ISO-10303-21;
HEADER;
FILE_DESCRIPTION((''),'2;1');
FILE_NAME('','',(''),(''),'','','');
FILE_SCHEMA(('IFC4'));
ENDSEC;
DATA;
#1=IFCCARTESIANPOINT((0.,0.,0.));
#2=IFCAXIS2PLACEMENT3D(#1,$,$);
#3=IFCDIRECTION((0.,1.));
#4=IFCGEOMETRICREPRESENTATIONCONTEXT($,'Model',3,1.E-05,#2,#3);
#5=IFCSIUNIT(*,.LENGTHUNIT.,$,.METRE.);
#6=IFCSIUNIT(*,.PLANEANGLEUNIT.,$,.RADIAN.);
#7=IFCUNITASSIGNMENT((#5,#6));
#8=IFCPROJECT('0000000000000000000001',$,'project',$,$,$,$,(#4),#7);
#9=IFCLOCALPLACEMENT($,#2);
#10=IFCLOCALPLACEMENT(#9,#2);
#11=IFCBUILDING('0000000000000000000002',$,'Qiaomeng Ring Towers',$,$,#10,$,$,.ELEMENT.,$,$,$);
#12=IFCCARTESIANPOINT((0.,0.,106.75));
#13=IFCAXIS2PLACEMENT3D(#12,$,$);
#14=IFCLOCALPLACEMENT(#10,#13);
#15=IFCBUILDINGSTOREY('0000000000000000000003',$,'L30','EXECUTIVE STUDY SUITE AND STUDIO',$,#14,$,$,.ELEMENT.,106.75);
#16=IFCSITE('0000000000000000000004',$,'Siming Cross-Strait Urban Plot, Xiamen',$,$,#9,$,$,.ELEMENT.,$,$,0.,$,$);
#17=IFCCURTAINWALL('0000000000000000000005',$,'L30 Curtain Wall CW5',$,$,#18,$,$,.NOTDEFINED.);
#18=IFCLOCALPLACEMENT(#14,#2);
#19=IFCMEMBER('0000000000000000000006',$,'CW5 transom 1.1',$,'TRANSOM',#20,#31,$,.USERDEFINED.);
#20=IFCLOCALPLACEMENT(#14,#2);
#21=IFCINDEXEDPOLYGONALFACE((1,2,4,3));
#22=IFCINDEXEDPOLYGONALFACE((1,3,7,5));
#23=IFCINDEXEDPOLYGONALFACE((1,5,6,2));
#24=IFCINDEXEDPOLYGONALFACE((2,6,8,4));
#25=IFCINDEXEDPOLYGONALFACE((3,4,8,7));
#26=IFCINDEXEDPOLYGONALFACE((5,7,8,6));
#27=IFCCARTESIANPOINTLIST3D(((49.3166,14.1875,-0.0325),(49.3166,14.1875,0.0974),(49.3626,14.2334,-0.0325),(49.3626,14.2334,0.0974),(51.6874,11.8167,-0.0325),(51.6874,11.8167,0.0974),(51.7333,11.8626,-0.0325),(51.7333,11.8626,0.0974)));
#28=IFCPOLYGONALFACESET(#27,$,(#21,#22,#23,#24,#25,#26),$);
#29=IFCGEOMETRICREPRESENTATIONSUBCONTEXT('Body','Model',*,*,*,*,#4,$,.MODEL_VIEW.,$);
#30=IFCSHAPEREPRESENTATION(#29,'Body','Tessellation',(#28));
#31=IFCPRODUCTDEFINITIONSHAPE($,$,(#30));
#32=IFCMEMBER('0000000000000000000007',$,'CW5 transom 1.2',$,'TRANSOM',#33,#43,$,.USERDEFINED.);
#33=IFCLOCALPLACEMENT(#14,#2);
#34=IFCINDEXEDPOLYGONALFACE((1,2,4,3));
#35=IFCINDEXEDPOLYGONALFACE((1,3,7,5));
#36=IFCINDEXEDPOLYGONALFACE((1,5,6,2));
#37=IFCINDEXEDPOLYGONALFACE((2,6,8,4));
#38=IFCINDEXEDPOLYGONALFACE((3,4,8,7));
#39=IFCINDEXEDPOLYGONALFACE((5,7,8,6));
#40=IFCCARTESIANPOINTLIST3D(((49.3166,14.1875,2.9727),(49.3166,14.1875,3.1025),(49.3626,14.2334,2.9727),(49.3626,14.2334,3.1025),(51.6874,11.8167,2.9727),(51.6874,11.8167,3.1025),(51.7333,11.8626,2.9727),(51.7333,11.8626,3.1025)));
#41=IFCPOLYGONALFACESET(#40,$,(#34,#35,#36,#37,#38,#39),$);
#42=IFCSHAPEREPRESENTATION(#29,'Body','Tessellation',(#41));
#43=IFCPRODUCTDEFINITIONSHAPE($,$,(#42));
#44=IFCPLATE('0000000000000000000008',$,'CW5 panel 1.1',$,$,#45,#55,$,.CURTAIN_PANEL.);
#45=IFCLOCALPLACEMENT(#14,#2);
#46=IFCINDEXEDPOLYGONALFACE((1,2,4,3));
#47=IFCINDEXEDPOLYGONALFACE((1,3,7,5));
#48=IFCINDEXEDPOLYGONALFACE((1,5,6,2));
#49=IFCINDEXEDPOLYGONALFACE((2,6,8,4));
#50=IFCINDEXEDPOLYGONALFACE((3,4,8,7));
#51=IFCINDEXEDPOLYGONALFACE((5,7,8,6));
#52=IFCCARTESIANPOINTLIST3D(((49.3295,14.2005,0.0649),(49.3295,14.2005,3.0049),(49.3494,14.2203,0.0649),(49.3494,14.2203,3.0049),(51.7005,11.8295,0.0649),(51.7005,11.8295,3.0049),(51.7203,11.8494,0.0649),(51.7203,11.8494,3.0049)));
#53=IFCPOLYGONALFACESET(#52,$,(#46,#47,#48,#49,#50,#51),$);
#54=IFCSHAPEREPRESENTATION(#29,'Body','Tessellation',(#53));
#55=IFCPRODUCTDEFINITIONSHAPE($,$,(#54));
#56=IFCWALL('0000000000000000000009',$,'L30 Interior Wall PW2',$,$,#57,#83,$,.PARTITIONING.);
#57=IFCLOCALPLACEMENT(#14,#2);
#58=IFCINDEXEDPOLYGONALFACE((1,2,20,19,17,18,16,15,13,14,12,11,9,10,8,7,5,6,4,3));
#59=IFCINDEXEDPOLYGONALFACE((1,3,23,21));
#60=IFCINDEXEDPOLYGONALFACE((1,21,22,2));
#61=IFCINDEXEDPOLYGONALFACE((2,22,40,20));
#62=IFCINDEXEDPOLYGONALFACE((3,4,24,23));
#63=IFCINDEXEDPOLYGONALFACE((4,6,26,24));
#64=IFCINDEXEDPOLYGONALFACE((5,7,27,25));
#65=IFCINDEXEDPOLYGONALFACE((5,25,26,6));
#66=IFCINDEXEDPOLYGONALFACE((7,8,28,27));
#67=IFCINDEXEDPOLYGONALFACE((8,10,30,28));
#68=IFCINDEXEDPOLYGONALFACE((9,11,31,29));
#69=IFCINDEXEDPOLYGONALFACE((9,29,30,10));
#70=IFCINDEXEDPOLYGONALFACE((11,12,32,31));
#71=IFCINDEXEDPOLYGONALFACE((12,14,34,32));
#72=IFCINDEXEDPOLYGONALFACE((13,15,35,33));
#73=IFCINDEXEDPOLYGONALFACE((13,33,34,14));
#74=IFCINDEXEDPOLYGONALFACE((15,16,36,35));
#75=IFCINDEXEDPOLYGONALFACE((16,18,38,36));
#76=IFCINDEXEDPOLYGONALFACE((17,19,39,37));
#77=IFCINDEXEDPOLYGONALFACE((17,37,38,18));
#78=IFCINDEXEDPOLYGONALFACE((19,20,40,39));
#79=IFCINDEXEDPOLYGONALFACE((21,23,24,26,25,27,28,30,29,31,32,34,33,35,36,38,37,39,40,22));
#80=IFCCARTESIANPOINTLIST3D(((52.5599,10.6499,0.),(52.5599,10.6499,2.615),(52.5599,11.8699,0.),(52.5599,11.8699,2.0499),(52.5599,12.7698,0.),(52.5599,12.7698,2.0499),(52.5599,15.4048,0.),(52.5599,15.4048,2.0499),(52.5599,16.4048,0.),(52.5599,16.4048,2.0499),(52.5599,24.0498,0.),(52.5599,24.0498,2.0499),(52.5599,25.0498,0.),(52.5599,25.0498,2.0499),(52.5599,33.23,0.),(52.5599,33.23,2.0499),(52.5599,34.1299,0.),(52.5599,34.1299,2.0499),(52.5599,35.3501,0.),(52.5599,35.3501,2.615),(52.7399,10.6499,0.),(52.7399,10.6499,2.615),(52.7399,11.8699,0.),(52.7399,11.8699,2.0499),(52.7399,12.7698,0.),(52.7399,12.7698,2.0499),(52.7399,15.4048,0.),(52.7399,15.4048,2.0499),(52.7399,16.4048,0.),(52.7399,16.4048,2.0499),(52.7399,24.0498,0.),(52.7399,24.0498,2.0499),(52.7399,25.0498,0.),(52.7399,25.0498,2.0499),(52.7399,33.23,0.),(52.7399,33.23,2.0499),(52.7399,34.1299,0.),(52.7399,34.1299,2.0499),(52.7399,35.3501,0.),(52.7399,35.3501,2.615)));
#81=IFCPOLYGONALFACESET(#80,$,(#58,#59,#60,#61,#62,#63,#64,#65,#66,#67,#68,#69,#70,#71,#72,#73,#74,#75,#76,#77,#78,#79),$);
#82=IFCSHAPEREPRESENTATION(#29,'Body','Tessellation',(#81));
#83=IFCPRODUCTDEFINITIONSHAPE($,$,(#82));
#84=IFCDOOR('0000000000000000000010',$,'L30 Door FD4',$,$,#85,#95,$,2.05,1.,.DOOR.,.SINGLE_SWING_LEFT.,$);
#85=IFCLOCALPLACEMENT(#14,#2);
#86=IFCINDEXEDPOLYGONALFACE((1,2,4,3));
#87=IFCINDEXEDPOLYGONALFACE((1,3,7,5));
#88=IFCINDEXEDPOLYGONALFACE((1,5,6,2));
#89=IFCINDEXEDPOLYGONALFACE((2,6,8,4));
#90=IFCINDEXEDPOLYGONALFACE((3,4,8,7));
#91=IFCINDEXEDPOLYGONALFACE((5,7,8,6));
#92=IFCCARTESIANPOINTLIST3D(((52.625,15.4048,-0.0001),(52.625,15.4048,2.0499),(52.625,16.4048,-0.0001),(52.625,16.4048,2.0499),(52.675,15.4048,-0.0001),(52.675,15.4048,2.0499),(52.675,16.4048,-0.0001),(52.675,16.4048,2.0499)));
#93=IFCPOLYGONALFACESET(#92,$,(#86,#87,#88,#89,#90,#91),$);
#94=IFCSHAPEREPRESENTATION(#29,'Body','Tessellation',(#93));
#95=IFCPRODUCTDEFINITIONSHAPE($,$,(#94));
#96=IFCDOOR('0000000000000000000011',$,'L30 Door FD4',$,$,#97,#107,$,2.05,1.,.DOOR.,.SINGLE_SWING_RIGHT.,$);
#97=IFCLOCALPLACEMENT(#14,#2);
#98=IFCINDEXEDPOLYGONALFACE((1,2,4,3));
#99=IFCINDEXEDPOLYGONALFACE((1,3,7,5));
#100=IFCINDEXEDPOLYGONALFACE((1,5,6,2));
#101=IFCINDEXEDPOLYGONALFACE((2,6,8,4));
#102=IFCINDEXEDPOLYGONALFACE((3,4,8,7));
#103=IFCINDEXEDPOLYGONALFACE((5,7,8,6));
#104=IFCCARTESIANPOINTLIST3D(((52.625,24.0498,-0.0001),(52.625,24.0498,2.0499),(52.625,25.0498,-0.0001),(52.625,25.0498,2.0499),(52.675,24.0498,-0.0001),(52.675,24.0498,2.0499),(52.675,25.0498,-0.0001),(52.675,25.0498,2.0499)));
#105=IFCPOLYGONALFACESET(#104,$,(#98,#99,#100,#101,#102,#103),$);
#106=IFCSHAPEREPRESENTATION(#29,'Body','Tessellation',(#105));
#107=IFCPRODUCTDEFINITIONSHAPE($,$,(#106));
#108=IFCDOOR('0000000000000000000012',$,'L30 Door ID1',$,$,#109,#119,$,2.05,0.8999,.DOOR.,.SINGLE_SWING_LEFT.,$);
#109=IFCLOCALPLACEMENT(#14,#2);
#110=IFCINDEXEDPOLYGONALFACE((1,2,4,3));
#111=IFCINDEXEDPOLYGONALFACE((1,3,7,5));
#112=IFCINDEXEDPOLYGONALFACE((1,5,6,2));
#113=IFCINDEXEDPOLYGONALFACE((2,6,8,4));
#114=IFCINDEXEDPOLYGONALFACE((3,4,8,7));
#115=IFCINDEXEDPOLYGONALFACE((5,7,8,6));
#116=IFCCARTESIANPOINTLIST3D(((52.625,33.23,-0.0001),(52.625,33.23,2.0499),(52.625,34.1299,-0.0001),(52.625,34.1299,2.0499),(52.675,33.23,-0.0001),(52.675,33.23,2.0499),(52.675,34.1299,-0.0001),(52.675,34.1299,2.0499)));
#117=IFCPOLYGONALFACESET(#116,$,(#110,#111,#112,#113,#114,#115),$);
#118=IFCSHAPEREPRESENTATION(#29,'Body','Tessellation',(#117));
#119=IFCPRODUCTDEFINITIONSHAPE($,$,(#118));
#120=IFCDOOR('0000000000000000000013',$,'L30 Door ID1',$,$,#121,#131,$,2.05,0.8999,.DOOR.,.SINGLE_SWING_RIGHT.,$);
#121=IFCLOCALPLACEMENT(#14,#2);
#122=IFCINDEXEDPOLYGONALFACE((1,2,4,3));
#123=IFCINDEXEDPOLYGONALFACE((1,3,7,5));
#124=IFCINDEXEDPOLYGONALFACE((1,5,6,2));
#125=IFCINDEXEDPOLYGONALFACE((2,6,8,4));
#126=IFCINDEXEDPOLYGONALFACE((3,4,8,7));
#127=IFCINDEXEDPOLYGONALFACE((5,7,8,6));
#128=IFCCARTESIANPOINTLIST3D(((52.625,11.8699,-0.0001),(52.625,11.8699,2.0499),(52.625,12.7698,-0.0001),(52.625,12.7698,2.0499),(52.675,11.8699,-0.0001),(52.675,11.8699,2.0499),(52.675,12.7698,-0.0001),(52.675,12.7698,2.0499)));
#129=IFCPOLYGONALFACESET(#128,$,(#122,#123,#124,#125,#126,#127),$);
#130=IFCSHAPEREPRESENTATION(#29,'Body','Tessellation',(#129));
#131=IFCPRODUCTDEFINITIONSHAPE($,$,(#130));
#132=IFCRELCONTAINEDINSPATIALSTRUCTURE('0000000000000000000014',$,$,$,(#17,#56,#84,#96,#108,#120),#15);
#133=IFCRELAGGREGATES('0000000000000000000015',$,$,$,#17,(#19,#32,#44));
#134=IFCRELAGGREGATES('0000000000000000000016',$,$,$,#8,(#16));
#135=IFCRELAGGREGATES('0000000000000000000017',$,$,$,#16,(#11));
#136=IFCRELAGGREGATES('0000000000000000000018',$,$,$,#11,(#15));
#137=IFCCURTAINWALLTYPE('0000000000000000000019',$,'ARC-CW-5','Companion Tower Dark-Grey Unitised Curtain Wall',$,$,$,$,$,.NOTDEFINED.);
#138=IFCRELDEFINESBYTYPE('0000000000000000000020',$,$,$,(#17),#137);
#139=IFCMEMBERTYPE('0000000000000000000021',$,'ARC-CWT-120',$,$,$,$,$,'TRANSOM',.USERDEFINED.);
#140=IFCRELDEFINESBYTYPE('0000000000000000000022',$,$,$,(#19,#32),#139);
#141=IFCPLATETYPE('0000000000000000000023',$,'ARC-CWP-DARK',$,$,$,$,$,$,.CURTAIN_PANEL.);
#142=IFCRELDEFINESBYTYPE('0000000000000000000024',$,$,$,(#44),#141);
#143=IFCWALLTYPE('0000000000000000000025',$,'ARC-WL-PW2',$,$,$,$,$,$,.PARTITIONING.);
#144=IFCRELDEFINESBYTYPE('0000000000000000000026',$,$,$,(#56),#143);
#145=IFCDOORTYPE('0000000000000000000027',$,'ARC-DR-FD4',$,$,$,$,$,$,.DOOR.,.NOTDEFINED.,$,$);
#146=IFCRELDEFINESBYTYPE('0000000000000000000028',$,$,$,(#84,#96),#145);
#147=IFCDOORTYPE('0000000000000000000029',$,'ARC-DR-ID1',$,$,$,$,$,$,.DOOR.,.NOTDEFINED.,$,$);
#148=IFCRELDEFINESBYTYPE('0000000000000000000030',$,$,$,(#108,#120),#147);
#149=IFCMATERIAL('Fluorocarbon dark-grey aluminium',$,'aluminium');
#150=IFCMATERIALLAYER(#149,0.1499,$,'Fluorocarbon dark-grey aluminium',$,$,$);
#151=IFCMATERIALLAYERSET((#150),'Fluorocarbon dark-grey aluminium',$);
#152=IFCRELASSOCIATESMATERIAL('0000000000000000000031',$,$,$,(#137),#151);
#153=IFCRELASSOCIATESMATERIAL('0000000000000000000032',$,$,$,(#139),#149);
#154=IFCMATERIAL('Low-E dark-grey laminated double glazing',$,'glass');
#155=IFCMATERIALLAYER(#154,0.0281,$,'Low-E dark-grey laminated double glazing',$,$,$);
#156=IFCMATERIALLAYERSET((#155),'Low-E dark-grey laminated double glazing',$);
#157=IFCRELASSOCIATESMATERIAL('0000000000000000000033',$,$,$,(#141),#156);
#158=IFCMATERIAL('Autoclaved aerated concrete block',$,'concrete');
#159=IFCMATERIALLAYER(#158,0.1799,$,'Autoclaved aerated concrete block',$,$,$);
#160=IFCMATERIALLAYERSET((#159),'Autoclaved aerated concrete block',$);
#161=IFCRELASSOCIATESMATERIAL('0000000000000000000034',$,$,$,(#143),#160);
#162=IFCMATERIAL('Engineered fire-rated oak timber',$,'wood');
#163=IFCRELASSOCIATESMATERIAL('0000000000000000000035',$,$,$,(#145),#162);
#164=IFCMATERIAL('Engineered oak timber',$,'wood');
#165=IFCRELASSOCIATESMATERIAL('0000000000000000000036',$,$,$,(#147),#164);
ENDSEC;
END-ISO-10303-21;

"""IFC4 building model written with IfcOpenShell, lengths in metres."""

from ifc_helpers import new_model, si_unit, direction, frame, frame_2d, origin, origin_2d, place, context, subcontext, project, spatial, rectangle, extrude, source, transform, mapped, material, layer, layer_set, material_profile, profile_set, type_object, element, fill, aggregate, save


model = new_model("IFC4")

# Units and contexts
model_context = context("Model", 3, precision=1e-05, world=origin(), true_north=direction((0.0, 1.0)))
body_context = subcontext(model_context, "Body", "Model", "MODEL_VIEW")
ifc_project = project(units=[si_unit("LENGTHUNIT", "METRE"), si_unit("PLANEANGLEUNIT", "RADIAN")], contexts=[model_context])

# Site, building, storey
site_placement = place(None, origin())
site = spatial("IfcSite", under=ifc_project, at=site_placement, Name="Siming Cross-Strait Urban Plot, Xiamen", CompositionType="ELEMENT", RefElevation=0.0)
building_placement = place(site_placement, origin())
building = spatial("IfcBuilding", under=site, at=building_placement, Name="Qiaomeng Ring Towers", CompositionType="ELEMENT")
storey_placement = place(building_placement, frame((0.0, 0.0, 106.75)))
storey = spatial("IfcBuildingStorey", under=building, at=storey_placement, Name="L30", Description="EXECUTIVE STUDY SUITE AND STUDIO", CompositionType="ELEMENT", Elevation=106.75)

# Curtain wall
ifc_material_1 = material(Name="Fluorocarbon dark-grey aluminium", Category="aluminium")
ifc_layer_1 = layer(ifc_material_1, 0.1499, Name="Fluorocarbon dark-grey aluminium")
ifc_layer_set_1 = layer_set([ifc_layer_1], Name="Fluorocarbon dark-grey aluminium")
curtain_wall_type = type_object("IfcCurtainWallType", Name="ARC-CW-5", Description="Companion Tower Dark-Grey Unitised Curtain Wall", PredefinedType="NOTDEFINED", material=ifc_layer_set_1)
curtain_wall_1_placement = place(storey_placement, origin())
curtain_wall_1 = element("IfcCurtainWall", 1, at=curtain_wall_1_placement, inside=storey, type_object=curtain_wall_type, Name="L30 Curtain Wall CW5", PredefinedType="NOTDEFINED")

# Shared definitions
ifc_material_profile_1 = material_profile(ifc_material_1, rectangle(XDim=0.0649, YDim=0.1299, at=origin_2d()), Name="ALU TRAN 65x130")
ifc_profile_set_1 = profile_set([ifc_material_profile_1], Name="Fluorocarbon dark-grey aluminium")
member_type_1 = type_object("IfcMemberType", Name="ARC-CWT-120", ElementType="TRANSOM", PredefinedType="USERDEFINED", material=ifc_profile_set_1)

# Members
shared_shape_1 = source(origin(), body_context, "Body", "SweptSolid", [
    extrude(rectangle(XDim=0.0649, YDim=0.1299, at=origin_2d()), origin(), (0.0, 0.0, 1.0), 3.3528),
])
member_1_placement = place(storey_placement, frame((49.3396, 14.2104, 0.0325), z_axis=(0.707107, -0.707107, 0.0), x_axis=(0.707107, 0.707107, 0.0)))
member_1 = element("IfcMember", 2, at=member_1_placement, type_object=member_type_1, Name="CW5 transom 1.1", ObjectType="TRANSOM", PredefinedType="USERDEFINED", context=body_context, shape_type="MappedRepresentation", body=[
    mapped(shared_shape_1, transform((0.0, 0.0, 0.0), x_axis=(1.0, 0.0, 0.0), y_axis=(0.0, 1.0, 0.0), z_axis=(0.0, 0.0, 1.0), scale=1.0)),
])
member_2_placement = place(storey_placement, frame((49.3396, 14.2104, 3.0376), z_axis=(0.707107, -0.707107, 0.0), x_axis=(0.707107, 0.707107, 0.0)))
member_2 = element("IfcMember", 3, at=member_2_placement, type_object=member_type_1, Name="CW5 transom 1.2", ObjectType="TRANSOM", PredefinedType="USERDEFINED", context=body_context, shape_type="MappedRepresentation", body=[
    mapped(shared_shape_1, transform((0.0, 0.0, 0.0), x_axis=(1.0, 0.0, 0.0), y_axis=(0.0, 1.0, 0.0), z_axis=(0.0, 0.0, 1.0), scale=1.0)),
])

# Plate
ifc_material_2 = material(Name="Low-E dark-grey laminated double glazing", Category="glass")
ifc_layer_2 = layer(ifc_material_2, 0.0281, Name="Low-E dark-grey laminated double glazing")
ifc_layer_set_2 = layer_set([ifc_layer_2], Name="Low-E dark-grey laminated double glazing")
plate_type = type_object("IfcPlateType", Name="ARC-CWP-DARK", PredefinedType="CURTAIN_PANEL", material=ifc_layer_set_2)
shared_shape_2 = source(origin(), body_context, "Body", "SweptSolid", [
    extrude(rectangle(XDim=3.353, YDim=0.0281, at=origin_2d()), origin(), (0.0, 0.0, 1.0), 2.9399),
])
plate_placement = place(storey_placement, frame((50.5249, 13.0249, 0.0649), z_axis=(0.0, 0.0, 1.0), x_axis=(0.707107, -0.707107, 0.0)))
plate = element("IfcPlate", 4, at=plate_placement, type_object=plate_type, Name="CW5 panel 1.1", PredefinedType="CURTAIN_PANEL", context=body_context, shape_type="MappedRepresentation", body=[
    mapped(shared_shape_2, transform((0.0, 0.0, 0.0), x_axis=(1.0, 0.0, 0.0), y_axis=(0.0, 1.0, 0.0), z_axis=(0.0, 0.0, 1.0), scale=1.0)),
])
aggregate(curtain_wall_1, [member_1, member_2, plate])

# Wall, openings, doors
ifc_material_3 = material(Name="Autoclaved aerated concrete block", Category="concrete")
ifc_layer_3 = layer(ifc_material_3, 0.1799, Name="Autoclaved aerated concrete block")
ifc_layer_set_3 = layer_set([ifc_layer_3], Name="Autoclaved aerated concrete block")
wall_type_1 = type_object("IfcWallType", Name="ARC-WL-PW2", PredefinedType="PARTITIONING", material=ifc_layer_set_3)
wall_1_placement = place(storey_placement, frame((52.6499, 10.6499, 0.0), z_axis=(0.0, 0.0, 1.0), x_axis=(0.0, 1.0, 0.0)))
wall_1 = element("IfcWall", 5, at=wall_1_placement, inside=storey, type_object=wall_type_1, Name="L30 Interior Wall PW2", PredefinedType="PARTITIONING", context=body_context, shape_type="SweptSolid", body=[
    extrude(rectangle(XDim=24.7002, YDim=0.1799, at=frame_2d((12.3501, 0.0))), origin(), (0.0, 0.0, 1.0), 2.615),
])
opening_1_placement = place(wall_1_placement, frame((22.5801, 0.0, 0.0)))
opening_1 = element("IfcOpeningElement", 6, at=opening_1_placement, cuts=wall_1, PredefinedType="OPENING", context=body_context, shape_type="SweptSolid", body=[
    extrude(rectangle(XDim=0.8999, YDim=2.05, at=frame_2d((0.45, 1.0249))), frame((0.0, 0.0999, 0.0), z_axis=(0.0, -1.0, 0.0), x_axis=(1.0, 0.0, 0.0)), (0.0, 0.0, 1.0), 0.2),
])
opening_2_placement = place(wall_1_placement, frame((1.22, 0.0, 0.0)))
opening_2 = element("IfcOpeningElement", 7, at=opening_2_placement, cuts=wall_1, PredefinedType="OPENING", context=body_context, shape_type="SweptSolid", body=[
    extrude(rectangle(XDim=0.8999, YDim=2.05, at=frame_2d((0.45, 1.0249))), frame((0.0, 0.0999, 0.0), z_axis=(0.0, -1.0, 0.0), x_axis=(1.0, 0.0, 0.0)), (0.0, 0.0, 1.0), 0.2),
])
opening_3_placement = place(wall_1_placement, frame((4.7549, 0.0, 0.0)))
opening_3 = element("IfcOpeningElement", 8, at=opening_3_placement, cuts=wall_1, PredefinedType="OPENING", context=body_context, shape_type="SweptSolid", body=[
    extrude(rectangle(XDim=1.0, YDim=2.05, at=frame_2d((0.5, 1.0249))), frame((0.0, 0.0999, 0.0), z_axis=(0.0, -1.0, 0.0), x_axis=(1.0, 0.0, 0.0)), (0.0, 0.0, 1.0), 0.2),
])
opening_4_placement = place(wall_1_placement, frame((13.3999, 0.0, 0.0)))
opening_4 = element("IfcOpeningElement", 9, at=opening_4_placement, cuts=wall_1, PredefinedType="OPENING", context=body_context, shape_type="SweptSolid", body=[
    extrude(rectangle(XDim=1.0, YDim=2.05, at=frame_2d((0.5, 1.0249))), frame((0.0, 0.0999, 0.0), z_axis=(0.0, -1.0, 0.0), x_axis=(1.0, 0.0, 0.0)), (0.0, 0.0, 1.0), 0.2),
])
ifc_material_4 = material(Name="Engineered fire-rated oak timber", Category="wood")
door_type_1 = type_object("IfcDoorType", Name="ARC-DR-FD4", OperationType="NOTDEFINED", PredefinedType="DOOR", material=ifc_material_4)
shared_shape_3 = source(origin(), body_context, "Body", "SweptSolid", [
    extrude(rectangle(XDim=1.0, YDim=2.05, at=frame_2d((0.5, 1.0249))), frame((0.0, 0.0249, 0.0), z_axis=(0.0, -1.0, 0.0), x_axis=(1.0, 0.0, 0.0)), (0.0, 0.0, 1.0), 0.05),
])
door_1_placement = place(opening_3_placement, origin())
door_1 = element("IfcDoor", 10, at=door_1_placement, inside=storey, type_object=door_type_1, Name="L30 Door FD4", OperationType="SINGLE_SWING_LEFT", OverallHeight=2.05, OverallWidth=1.0, PredefinedType="DOOR", context=body_context, shape_type="MappedRepresentation", body=[
    mapped(shared_shape_3, transform((0.0, 0.0, 0.0), x_axis=(1.0, 0.0, 0.0), y_axis=(0.0, 1.0, 0.0), z_axis=(0.0, 0.0, 1.0), scale=1.0)),
])
fill(opening_3, door_1)
door_2_placement = place(opening_4_placement, origin())
door_2 = element("IfcDoor", 11, at=door_2_placement, inside=storey, type_object=door_type_1, Name="L30 Door FD4", OperationType="SINGLE_SWING_RIGHT", OverallHeight=2.05, OverallWidth=1.0, PredefinedType="DOOR", context=body_context, shape_type="MappedRepresentation", body=[
    mapped(shared_shape_3, transform((0.0, 0.0, 0.0), x_axis=(1.0, 0.0, 0.0), y_axis=(0.0, 1.0, 0.0), z_axis=(0.0, 0.0, 1.0), scale=1.0)),
])
fill(opening_4, door_2)
ifc_material_5 = material(Name="Engineered oak timber", Category="wood")
door_type_2 = type_object("IfcDoorType", Name="ARC-DR-ID1", OperationType="NOTDEFINED", PredefinedType="DOOR", material=ifc_material_5)
shared_shape_4 = source(origin(), body_context, "Body", "SweptSolid", [
    extrude(rectangle(XDim=0.8999, YDim=2.05, at=frame_2d((0.45, 1.0249))), frame((0.0, 0.0249, 0.0), z_axis=(0.0, -1.0, 0.0), x_axis=(1.0, 0.0, 0.0)), (0.0, 0.0, 1.0), 0.05),
])
door_3_placement = place(opening_1_placement, origin())
door_3 = element("IfcDoor", 12, at=door_3_placement, inside=storey, type_object=door_type_2, Name="L30 Door ID1", OperationType="SINGLE_SWING_LEFT", OverallHeight=2.05, OverallWidth=0.8999, PredefinedType="DOOR", context=body_context, shape_type="MappedRepresentation", body=[
    mapped(shared_shape_4, transform((0.0, 0.0, 0.0), x_axis=(1.0, 0.0, 0.0), y_axis=(0.0, 1.0, 0.0), z_axis=(0.0, 0.0, 1.0), scale=1.0)),
])
fill(opening_1, door_3)
door_4_placement = place(opening_2_placement, origin())
door_4 = element("IfcDoor", 13, at=door_4_placement, inside=storey, type_object=door_type_2, Name="L30 Door ID1", OperationType="SINGLE_SWING_RIGHT", OverallHeight=2.05, OverallWidth=0.8999, PredefinedType="DOOR", context=body_context, shape_type="MappedRepresentation", body=[
    mapped(shared_shape_4, transform((0.0, 0.0, 0.0), x_axis=(1.0, 0.0, 0.0), y_axis=(0.0, 1.0, 0.0), z_axis=(0.0, 0.0, 1.0), scale=1.0)),
])
fill(opening_2, door_4)

save(model, "model.ifc")
